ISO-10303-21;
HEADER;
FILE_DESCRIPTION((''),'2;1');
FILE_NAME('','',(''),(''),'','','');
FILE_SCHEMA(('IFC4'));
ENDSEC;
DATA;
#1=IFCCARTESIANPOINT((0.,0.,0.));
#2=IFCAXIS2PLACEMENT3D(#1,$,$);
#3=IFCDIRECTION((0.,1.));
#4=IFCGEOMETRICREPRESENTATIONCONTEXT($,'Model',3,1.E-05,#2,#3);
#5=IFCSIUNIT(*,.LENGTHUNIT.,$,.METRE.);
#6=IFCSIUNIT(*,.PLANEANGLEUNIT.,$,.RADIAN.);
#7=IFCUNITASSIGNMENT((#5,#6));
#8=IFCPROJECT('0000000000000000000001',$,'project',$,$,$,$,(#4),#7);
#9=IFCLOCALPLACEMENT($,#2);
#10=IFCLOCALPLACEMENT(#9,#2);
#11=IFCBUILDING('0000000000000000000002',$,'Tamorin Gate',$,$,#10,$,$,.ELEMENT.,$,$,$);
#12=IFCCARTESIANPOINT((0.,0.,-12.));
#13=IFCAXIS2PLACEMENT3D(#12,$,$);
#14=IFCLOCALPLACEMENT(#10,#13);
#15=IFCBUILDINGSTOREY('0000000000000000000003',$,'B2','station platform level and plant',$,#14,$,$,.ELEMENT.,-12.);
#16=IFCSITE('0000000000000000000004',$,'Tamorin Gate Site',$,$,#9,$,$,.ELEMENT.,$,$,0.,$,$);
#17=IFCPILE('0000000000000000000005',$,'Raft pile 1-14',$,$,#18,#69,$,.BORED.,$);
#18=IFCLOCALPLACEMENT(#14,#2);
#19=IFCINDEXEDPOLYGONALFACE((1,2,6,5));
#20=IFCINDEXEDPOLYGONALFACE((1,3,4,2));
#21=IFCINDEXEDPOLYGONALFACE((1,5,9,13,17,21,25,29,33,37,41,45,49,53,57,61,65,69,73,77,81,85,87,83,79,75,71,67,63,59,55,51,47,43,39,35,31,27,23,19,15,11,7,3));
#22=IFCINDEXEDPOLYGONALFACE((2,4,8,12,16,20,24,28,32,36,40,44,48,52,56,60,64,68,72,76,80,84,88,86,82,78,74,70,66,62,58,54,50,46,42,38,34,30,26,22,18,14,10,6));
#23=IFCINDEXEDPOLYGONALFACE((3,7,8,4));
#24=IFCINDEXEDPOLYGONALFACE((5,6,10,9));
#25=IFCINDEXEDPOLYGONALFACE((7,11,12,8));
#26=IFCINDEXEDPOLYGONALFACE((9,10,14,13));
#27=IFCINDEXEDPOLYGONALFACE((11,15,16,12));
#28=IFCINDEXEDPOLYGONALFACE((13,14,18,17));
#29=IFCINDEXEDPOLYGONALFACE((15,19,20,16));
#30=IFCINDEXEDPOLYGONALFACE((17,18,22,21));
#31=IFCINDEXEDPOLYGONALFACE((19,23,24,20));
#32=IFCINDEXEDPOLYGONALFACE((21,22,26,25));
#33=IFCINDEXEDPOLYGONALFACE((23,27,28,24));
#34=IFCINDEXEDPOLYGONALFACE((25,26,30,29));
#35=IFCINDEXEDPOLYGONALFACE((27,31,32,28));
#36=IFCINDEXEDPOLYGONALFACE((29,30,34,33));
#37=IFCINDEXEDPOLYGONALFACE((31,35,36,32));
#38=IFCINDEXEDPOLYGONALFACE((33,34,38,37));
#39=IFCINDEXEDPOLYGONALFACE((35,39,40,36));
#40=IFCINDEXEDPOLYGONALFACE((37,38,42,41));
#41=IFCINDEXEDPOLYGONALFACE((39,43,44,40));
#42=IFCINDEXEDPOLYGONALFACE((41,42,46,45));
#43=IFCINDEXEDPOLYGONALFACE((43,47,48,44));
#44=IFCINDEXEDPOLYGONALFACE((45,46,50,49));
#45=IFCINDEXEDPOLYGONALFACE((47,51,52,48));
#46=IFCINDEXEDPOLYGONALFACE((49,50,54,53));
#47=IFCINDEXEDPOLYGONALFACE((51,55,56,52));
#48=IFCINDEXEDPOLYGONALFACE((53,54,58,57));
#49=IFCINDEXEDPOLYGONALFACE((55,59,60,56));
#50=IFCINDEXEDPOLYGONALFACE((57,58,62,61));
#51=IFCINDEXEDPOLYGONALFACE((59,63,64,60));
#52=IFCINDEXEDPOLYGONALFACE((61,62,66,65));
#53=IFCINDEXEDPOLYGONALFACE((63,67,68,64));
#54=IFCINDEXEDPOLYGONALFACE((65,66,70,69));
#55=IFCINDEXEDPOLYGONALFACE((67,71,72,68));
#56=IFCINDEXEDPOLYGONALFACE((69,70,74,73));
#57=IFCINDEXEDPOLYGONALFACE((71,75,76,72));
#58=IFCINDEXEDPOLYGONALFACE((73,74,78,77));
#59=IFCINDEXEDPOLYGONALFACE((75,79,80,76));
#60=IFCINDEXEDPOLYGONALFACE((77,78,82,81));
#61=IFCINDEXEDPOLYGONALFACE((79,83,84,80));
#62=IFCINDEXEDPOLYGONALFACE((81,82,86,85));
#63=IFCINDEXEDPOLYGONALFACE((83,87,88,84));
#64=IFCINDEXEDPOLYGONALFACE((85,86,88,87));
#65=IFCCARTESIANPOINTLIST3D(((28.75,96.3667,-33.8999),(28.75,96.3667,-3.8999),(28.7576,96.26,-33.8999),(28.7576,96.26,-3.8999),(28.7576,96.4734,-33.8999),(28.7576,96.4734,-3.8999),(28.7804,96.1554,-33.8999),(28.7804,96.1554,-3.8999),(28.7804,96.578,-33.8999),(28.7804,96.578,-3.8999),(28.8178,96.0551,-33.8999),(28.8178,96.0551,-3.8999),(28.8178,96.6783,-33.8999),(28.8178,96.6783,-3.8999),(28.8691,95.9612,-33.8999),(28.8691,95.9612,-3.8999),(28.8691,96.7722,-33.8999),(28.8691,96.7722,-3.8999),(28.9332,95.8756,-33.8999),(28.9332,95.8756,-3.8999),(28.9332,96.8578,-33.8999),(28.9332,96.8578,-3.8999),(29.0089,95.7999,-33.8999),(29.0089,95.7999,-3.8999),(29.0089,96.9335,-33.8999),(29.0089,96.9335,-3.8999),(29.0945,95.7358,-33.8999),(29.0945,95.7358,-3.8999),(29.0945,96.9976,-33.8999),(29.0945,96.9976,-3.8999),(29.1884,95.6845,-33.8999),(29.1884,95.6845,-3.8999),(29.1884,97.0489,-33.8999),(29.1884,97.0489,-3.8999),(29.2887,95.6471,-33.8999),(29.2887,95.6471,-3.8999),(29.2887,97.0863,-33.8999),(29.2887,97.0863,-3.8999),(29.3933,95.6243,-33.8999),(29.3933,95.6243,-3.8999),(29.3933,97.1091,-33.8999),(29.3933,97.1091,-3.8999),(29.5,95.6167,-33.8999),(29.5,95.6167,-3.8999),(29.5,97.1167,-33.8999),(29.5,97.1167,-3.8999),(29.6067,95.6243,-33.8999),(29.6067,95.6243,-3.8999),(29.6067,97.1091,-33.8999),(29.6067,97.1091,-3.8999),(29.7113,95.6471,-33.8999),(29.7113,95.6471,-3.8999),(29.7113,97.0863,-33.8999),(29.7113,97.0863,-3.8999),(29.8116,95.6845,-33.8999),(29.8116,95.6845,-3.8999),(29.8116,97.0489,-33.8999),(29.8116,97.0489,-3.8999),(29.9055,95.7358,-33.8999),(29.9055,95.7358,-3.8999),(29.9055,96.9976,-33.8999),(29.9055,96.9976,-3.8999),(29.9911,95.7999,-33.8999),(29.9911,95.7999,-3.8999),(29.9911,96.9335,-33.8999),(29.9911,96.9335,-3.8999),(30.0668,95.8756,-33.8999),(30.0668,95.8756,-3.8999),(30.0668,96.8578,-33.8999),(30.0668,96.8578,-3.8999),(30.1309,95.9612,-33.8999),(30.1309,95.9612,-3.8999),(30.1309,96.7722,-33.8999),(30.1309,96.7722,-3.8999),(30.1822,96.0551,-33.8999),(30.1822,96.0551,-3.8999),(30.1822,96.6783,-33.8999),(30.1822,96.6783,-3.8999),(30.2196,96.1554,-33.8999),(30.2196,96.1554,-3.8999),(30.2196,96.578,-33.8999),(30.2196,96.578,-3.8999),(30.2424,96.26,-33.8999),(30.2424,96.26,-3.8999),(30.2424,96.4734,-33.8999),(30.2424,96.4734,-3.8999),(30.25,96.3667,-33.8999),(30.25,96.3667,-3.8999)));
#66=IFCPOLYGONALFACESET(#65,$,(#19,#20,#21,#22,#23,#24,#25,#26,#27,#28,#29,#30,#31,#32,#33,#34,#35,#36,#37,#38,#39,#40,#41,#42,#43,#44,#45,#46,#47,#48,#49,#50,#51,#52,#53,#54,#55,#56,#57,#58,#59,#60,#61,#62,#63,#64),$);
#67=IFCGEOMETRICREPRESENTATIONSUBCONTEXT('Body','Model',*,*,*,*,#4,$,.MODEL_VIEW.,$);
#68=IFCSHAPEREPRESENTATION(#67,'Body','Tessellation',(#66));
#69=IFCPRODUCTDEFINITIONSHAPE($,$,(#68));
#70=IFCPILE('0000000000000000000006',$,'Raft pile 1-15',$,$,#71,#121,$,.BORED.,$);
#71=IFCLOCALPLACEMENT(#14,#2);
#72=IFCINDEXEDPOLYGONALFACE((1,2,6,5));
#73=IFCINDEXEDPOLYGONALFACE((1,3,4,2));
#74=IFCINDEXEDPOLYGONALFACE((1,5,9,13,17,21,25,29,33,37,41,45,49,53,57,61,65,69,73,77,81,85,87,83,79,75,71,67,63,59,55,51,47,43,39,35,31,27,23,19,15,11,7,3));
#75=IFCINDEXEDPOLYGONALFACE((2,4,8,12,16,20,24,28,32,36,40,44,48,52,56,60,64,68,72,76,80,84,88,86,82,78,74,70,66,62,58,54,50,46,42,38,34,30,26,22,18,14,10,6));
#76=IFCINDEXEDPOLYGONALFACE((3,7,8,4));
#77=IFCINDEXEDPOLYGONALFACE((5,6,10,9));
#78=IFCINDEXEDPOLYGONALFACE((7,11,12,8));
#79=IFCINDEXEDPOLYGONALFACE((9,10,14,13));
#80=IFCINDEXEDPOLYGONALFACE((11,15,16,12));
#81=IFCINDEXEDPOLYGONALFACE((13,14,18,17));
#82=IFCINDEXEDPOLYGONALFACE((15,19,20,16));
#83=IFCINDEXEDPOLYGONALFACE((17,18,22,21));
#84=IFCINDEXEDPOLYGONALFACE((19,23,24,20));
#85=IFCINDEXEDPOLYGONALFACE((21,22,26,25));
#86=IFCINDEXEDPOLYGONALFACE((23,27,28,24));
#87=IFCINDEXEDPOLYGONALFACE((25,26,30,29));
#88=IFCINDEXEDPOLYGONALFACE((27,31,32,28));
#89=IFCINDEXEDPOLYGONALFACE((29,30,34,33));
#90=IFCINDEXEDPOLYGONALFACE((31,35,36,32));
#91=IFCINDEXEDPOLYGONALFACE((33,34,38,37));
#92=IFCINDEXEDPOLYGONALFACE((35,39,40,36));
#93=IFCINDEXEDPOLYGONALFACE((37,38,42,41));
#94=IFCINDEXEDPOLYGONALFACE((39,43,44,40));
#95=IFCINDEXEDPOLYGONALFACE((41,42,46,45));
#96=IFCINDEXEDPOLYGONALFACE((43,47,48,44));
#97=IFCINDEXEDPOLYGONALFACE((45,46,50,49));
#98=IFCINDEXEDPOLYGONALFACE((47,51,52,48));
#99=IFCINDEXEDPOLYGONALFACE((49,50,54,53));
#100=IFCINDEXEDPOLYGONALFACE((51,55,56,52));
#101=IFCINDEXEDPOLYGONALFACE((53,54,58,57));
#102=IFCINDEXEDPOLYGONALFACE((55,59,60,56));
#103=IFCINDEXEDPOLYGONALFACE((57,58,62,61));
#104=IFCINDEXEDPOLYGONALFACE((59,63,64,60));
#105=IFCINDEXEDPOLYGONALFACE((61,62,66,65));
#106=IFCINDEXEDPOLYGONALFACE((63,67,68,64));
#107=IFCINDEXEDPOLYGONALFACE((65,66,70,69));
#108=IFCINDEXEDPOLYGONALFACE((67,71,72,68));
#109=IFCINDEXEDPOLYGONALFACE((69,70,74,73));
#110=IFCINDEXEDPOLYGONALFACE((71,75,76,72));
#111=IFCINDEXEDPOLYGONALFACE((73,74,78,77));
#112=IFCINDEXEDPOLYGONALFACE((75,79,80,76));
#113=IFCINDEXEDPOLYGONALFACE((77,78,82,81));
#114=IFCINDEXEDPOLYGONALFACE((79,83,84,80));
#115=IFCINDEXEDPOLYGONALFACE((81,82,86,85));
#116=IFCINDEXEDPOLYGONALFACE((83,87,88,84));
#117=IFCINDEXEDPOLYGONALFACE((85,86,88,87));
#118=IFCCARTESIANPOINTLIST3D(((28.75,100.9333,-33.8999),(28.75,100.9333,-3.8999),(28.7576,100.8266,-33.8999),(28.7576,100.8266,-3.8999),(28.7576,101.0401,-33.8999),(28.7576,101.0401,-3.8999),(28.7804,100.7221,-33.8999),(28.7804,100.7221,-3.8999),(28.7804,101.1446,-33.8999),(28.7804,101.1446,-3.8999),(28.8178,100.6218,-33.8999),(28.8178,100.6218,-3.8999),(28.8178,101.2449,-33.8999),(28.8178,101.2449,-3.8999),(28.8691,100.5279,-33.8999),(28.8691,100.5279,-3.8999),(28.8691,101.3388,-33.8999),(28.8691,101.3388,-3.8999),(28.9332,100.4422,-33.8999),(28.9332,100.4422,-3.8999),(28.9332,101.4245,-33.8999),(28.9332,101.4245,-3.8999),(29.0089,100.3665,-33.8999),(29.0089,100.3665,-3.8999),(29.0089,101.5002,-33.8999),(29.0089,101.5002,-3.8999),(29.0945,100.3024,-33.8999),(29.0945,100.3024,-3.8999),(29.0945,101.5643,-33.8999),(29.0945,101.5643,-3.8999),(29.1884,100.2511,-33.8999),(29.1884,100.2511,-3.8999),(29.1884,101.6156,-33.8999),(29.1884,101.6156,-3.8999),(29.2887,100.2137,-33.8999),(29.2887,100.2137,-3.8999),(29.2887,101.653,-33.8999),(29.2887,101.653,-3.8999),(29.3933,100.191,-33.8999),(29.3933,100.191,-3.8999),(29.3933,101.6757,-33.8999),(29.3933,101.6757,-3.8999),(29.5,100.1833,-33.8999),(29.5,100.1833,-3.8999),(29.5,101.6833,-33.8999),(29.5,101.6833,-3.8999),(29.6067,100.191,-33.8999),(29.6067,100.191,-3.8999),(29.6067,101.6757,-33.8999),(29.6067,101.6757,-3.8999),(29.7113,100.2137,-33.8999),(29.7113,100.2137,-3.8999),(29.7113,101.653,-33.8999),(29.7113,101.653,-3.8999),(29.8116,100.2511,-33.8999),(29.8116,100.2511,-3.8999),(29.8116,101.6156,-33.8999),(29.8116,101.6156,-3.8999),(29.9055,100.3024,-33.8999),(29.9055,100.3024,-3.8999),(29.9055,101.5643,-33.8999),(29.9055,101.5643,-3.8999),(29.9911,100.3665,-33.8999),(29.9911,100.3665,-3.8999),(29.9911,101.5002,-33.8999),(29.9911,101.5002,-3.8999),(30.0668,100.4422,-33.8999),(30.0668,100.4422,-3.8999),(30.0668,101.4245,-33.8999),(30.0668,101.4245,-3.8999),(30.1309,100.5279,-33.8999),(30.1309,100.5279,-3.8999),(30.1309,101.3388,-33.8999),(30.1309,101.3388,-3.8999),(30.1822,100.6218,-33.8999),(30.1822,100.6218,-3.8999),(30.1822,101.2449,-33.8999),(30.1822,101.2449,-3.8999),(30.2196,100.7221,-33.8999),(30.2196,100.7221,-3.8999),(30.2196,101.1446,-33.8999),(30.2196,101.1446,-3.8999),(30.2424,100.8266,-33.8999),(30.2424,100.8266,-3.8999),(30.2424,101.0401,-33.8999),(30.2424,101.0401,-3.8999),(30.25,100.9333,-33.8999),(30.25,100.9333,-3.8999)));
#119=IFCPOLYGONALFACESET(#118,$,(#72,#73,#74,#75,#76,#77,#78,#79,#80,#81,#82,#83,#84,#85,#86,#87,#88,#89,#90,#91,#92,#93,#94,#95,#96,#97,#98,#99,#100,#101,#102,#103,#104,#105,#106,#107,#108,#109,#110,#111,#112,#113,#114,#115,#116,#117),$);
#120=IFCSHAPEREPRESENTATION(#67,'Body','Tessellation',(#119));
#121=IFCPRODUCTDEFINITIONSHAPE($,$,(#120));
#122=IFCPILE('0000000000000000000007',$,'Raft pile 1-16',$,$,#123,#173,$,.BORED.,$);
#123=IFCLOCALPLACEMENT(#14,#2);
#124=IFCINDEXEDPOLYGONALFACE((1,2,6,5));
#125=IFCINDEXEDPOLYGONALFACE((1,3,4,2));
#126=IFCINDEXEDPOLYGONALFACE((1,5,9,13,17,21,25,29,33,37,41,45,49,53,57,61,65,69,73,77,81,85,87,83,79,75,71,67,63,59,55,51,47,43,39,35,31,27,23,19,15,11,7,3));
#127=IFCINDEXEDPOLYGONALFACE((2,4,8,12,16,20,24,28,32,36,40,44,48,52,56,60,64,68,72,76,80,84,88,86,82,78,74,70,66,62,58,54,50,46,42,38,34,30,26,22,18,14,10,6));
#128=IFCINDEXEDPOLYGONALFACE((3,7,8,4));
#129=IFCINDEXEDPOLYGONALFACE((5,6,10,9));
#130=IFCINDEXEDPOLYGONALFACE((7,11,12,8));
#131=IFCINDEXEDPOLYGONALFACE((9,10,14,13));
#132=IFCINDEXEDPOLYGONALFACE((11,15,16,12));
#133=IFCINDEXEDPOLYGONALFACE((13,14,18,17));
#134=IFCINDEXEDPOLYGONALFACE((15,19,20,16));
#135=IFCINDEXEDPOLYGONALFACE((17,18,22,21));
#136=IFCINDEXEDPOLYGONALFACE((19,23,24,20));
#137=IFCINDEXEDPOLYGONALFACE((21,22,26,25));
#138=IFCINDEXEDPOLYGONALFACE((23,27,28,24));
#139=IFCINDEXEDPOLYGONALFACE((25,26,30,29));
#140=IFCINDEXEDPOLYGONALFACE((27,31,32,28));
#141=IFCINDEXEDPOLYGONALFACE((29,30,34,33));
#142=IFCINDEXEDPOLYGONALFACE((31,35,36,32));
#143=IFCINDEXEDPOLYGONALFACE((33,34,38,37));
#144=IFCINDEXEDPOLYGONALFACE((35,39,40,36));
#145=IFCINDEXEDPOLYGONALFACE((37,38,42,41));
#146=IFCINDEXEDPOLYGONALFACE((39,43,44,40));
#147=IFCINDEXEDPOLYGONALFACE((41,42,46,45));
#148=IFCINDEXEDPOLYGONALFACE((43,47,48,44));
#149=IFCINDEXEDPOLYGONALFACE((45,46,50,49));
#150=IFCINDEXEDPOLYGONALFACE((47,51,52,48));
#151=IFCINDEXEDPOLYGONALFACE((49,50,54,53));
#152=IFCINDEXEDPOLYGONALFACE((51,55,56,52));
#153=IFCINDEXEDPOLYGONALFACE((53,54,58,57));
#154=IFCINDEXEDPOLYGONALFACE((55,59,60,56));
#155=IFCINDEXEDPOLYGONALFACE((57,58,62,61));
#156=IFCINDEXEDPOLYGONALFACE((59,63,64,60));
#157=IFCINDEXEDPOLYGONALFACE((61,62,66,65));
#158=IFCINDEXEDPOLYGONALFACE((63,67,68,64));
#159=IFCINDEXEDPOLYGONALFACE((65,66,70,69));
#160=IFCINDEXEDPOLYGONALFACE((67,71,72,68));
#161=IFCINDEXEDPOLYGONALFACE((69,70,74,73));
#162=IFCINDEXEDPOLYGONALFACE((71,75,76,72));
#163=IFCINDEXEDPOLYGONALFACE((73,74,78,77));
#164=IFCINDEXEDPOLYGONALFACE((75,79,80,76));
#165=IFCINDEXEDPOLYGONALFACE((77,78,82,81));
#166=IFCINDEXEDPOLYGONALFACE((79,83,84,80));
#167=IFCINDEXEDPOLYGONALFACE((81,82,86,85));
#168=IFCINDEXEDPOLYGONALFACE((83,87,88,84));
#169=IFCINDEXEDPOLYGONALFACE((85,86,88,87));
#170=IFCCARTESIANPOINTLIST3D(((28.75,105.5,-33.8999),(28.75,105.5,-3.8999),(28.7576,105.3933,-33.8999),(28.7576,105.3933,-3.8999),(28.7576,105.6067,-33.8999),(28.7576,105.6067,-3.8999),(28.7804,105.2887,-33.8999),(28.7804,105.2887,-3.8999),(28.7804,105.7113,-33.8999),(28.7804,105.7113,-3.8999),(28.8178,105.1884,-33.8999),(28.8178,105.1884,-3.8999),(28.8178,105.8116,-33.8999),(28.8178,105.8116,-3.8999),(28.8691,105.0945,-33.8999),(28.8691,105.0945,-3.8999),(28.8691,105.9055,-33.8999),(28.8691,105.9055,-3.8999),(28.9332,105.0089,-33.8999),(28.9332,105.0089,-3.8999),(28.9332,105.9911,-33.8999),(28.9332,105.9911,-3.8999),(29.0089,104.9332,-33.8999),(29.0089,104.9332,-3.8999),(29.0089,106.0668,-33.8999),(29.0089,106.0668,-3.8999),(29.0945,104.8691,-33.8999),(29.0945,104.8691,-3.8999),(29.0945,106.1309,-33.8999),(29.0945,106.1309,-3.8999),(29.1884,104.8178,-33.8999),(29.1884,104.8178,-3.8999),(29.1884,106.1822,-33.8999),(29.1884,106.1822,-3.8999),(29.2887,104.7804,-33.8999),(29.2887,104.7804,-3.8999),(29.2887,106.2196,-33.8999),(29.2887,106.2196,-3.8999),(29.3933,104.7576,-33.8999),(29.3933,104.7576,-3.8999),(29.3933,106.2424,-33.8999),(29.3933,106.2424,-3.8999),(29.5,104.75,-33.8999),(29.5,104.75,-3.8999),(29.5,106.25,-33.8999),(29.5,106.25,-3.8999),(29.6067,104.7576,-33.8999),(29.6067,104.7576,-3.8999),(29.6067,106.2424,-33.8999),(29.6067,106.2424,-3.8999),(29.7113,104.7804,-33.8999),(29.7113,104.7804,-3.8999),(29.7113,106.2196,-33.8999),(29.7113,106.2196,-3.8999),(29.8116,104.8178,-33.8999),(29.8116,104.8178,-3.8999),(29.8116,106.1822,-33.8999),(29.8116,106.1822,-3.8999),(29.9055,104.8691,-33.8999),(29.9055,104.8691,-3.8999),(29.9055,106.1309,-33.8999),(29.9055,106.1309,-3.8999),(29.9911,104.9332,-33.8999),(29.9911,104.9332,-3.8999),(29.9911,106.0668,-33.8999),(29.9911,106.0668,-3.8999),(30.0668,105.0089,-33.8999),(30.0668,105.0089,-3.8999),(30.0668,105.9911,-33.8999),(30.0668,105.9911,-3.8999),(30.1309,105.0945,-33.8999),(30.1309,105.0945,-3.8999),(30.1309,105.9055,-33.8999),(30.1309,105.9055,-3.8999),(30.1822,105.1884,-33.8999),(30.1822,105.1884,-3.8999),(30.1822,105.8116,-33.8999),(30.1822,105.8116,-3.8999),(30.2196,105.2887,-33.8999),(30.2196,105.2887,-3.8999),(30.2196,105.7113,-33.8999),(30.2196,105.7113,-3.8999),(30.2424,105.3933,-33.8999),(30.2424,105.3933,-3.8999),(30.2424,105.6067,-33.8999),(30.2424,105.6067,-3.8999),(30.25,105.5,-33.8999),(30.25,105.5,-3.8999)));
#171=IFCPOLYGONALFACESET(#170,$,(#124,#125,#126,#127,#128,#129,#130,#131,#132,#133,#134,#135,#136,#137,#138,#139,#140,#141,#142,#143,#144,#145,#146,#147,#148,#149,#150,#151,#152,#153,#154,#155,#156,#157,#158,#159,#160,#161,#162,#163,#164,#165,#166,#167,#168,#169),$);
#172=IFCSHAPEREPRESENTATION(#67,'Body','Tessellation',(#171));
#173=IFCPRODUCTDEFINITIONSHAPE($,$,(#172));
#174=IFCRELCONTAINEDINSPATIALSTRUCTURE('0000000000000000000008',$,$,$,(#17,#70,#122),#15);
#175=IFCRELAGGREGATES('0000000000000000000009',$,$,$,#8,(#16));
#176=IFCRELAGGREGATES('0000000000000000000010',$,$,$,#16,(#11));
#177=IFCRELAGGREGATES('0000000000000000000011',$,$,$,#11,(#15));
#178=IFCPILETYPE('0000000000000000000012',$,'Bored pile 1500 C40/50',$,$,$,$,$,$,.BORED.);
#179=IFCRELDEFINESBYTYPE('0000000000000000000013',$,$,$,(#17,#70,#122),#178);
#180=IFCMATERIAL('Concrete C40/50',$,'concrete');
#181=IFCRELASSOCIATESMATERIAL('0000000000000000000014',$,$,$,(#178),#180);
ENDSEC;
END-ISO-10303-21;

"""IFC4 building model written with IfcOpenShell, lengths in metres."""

from ifc_helpers import new_model, si_unit, direction, frame, origin, origin_2d, place, context, subcontext, project, spatial, circle, extrude, material, material_profile, profile_set, type_object, element, save


model = new_model("IFC4")

# Units and contexts
model_context = context("Model", 3, precision=1e-05, world=origin(), true_north=direction((0.0, 1.0)))
body_context = subcontext(model_context, "Body", "Model", "MODEL_VIEW")
ifc_project = project(units=[si_unit("LENGTHUNIT", "METRE"), si_unit("PLANEANGLEUNIT", "RADIAN")], contexts=[model_context])

# Site, building, storey
site_placement = place(None, origin())
site = spatial("IfcSite", under=ifc_project, at=site_placement, Name="Tamorin Gate Site", CompositionType="ELEMENT", RefElevation=0.0)
building_placement = place(site_placement, origin())
building = spatial("IfcBuilding", under=site, at=building_placement, Name="Tamorin Gate", CompositionType="ELEMENT")
storey_placement = place(building_placement, frame((0.0, 0.0, -12.0)))
storey = spatial("IfcBuildingStorey", under=building, at=storey_placement, Name="B2", Description="station platform level and plant", CompositionType="ELEMENT", Elevation=-12.0)

# Piles
ifc_material_1 = material(Name="Concrete C40/50", Category="concrete")
ifc_material_profile_1 = material_profile(ifc_material_1, circle(Radius=0.75, at=origin_2d()))
ifc_profile_set_1 = profile_set([ifc_material_profile_1], Name="Concrete C40/50")
pile_type = type_object("IfcPileType", Name="Bored pile 1500 C40/50", PredefinedType="BORED", material=ifc_profile_set_1)
for number, where, z_axis, x_axis, name in (
    (1, (29.5, 96.3667, -3.8999), (0.0, 0.0, -1.0), (1.0, 0.0, 0.0), "Raft pile 1-14"),
    (2, (29.5, 100.9333, -3.8999), (0.0, 0.0, -1.0), (1.0, 0.0, 0.0), "Raft pile 1-15"),
    (3, (29.5, 105.5, -3.8999), (0.0, 0.0, -1.0), (1.0, 0.0, 0.0), "Raft pile 1-16"),
):
    element("IfcPile", number, at=place(storey_placement, frame(where, z_axis=z_axis, x_axis=x_axis)), inside=storey, type_object=pile_type, Name=name, PredefinedType="BORED", context=body_context, shape_type="SweptSolid", body=[
        extrude(circle(Radius=0.75, at=origin_2d()), origin(), (0.0, 0.0, 1.0), 30.0),
    ])

save(model, "model.ifc")
